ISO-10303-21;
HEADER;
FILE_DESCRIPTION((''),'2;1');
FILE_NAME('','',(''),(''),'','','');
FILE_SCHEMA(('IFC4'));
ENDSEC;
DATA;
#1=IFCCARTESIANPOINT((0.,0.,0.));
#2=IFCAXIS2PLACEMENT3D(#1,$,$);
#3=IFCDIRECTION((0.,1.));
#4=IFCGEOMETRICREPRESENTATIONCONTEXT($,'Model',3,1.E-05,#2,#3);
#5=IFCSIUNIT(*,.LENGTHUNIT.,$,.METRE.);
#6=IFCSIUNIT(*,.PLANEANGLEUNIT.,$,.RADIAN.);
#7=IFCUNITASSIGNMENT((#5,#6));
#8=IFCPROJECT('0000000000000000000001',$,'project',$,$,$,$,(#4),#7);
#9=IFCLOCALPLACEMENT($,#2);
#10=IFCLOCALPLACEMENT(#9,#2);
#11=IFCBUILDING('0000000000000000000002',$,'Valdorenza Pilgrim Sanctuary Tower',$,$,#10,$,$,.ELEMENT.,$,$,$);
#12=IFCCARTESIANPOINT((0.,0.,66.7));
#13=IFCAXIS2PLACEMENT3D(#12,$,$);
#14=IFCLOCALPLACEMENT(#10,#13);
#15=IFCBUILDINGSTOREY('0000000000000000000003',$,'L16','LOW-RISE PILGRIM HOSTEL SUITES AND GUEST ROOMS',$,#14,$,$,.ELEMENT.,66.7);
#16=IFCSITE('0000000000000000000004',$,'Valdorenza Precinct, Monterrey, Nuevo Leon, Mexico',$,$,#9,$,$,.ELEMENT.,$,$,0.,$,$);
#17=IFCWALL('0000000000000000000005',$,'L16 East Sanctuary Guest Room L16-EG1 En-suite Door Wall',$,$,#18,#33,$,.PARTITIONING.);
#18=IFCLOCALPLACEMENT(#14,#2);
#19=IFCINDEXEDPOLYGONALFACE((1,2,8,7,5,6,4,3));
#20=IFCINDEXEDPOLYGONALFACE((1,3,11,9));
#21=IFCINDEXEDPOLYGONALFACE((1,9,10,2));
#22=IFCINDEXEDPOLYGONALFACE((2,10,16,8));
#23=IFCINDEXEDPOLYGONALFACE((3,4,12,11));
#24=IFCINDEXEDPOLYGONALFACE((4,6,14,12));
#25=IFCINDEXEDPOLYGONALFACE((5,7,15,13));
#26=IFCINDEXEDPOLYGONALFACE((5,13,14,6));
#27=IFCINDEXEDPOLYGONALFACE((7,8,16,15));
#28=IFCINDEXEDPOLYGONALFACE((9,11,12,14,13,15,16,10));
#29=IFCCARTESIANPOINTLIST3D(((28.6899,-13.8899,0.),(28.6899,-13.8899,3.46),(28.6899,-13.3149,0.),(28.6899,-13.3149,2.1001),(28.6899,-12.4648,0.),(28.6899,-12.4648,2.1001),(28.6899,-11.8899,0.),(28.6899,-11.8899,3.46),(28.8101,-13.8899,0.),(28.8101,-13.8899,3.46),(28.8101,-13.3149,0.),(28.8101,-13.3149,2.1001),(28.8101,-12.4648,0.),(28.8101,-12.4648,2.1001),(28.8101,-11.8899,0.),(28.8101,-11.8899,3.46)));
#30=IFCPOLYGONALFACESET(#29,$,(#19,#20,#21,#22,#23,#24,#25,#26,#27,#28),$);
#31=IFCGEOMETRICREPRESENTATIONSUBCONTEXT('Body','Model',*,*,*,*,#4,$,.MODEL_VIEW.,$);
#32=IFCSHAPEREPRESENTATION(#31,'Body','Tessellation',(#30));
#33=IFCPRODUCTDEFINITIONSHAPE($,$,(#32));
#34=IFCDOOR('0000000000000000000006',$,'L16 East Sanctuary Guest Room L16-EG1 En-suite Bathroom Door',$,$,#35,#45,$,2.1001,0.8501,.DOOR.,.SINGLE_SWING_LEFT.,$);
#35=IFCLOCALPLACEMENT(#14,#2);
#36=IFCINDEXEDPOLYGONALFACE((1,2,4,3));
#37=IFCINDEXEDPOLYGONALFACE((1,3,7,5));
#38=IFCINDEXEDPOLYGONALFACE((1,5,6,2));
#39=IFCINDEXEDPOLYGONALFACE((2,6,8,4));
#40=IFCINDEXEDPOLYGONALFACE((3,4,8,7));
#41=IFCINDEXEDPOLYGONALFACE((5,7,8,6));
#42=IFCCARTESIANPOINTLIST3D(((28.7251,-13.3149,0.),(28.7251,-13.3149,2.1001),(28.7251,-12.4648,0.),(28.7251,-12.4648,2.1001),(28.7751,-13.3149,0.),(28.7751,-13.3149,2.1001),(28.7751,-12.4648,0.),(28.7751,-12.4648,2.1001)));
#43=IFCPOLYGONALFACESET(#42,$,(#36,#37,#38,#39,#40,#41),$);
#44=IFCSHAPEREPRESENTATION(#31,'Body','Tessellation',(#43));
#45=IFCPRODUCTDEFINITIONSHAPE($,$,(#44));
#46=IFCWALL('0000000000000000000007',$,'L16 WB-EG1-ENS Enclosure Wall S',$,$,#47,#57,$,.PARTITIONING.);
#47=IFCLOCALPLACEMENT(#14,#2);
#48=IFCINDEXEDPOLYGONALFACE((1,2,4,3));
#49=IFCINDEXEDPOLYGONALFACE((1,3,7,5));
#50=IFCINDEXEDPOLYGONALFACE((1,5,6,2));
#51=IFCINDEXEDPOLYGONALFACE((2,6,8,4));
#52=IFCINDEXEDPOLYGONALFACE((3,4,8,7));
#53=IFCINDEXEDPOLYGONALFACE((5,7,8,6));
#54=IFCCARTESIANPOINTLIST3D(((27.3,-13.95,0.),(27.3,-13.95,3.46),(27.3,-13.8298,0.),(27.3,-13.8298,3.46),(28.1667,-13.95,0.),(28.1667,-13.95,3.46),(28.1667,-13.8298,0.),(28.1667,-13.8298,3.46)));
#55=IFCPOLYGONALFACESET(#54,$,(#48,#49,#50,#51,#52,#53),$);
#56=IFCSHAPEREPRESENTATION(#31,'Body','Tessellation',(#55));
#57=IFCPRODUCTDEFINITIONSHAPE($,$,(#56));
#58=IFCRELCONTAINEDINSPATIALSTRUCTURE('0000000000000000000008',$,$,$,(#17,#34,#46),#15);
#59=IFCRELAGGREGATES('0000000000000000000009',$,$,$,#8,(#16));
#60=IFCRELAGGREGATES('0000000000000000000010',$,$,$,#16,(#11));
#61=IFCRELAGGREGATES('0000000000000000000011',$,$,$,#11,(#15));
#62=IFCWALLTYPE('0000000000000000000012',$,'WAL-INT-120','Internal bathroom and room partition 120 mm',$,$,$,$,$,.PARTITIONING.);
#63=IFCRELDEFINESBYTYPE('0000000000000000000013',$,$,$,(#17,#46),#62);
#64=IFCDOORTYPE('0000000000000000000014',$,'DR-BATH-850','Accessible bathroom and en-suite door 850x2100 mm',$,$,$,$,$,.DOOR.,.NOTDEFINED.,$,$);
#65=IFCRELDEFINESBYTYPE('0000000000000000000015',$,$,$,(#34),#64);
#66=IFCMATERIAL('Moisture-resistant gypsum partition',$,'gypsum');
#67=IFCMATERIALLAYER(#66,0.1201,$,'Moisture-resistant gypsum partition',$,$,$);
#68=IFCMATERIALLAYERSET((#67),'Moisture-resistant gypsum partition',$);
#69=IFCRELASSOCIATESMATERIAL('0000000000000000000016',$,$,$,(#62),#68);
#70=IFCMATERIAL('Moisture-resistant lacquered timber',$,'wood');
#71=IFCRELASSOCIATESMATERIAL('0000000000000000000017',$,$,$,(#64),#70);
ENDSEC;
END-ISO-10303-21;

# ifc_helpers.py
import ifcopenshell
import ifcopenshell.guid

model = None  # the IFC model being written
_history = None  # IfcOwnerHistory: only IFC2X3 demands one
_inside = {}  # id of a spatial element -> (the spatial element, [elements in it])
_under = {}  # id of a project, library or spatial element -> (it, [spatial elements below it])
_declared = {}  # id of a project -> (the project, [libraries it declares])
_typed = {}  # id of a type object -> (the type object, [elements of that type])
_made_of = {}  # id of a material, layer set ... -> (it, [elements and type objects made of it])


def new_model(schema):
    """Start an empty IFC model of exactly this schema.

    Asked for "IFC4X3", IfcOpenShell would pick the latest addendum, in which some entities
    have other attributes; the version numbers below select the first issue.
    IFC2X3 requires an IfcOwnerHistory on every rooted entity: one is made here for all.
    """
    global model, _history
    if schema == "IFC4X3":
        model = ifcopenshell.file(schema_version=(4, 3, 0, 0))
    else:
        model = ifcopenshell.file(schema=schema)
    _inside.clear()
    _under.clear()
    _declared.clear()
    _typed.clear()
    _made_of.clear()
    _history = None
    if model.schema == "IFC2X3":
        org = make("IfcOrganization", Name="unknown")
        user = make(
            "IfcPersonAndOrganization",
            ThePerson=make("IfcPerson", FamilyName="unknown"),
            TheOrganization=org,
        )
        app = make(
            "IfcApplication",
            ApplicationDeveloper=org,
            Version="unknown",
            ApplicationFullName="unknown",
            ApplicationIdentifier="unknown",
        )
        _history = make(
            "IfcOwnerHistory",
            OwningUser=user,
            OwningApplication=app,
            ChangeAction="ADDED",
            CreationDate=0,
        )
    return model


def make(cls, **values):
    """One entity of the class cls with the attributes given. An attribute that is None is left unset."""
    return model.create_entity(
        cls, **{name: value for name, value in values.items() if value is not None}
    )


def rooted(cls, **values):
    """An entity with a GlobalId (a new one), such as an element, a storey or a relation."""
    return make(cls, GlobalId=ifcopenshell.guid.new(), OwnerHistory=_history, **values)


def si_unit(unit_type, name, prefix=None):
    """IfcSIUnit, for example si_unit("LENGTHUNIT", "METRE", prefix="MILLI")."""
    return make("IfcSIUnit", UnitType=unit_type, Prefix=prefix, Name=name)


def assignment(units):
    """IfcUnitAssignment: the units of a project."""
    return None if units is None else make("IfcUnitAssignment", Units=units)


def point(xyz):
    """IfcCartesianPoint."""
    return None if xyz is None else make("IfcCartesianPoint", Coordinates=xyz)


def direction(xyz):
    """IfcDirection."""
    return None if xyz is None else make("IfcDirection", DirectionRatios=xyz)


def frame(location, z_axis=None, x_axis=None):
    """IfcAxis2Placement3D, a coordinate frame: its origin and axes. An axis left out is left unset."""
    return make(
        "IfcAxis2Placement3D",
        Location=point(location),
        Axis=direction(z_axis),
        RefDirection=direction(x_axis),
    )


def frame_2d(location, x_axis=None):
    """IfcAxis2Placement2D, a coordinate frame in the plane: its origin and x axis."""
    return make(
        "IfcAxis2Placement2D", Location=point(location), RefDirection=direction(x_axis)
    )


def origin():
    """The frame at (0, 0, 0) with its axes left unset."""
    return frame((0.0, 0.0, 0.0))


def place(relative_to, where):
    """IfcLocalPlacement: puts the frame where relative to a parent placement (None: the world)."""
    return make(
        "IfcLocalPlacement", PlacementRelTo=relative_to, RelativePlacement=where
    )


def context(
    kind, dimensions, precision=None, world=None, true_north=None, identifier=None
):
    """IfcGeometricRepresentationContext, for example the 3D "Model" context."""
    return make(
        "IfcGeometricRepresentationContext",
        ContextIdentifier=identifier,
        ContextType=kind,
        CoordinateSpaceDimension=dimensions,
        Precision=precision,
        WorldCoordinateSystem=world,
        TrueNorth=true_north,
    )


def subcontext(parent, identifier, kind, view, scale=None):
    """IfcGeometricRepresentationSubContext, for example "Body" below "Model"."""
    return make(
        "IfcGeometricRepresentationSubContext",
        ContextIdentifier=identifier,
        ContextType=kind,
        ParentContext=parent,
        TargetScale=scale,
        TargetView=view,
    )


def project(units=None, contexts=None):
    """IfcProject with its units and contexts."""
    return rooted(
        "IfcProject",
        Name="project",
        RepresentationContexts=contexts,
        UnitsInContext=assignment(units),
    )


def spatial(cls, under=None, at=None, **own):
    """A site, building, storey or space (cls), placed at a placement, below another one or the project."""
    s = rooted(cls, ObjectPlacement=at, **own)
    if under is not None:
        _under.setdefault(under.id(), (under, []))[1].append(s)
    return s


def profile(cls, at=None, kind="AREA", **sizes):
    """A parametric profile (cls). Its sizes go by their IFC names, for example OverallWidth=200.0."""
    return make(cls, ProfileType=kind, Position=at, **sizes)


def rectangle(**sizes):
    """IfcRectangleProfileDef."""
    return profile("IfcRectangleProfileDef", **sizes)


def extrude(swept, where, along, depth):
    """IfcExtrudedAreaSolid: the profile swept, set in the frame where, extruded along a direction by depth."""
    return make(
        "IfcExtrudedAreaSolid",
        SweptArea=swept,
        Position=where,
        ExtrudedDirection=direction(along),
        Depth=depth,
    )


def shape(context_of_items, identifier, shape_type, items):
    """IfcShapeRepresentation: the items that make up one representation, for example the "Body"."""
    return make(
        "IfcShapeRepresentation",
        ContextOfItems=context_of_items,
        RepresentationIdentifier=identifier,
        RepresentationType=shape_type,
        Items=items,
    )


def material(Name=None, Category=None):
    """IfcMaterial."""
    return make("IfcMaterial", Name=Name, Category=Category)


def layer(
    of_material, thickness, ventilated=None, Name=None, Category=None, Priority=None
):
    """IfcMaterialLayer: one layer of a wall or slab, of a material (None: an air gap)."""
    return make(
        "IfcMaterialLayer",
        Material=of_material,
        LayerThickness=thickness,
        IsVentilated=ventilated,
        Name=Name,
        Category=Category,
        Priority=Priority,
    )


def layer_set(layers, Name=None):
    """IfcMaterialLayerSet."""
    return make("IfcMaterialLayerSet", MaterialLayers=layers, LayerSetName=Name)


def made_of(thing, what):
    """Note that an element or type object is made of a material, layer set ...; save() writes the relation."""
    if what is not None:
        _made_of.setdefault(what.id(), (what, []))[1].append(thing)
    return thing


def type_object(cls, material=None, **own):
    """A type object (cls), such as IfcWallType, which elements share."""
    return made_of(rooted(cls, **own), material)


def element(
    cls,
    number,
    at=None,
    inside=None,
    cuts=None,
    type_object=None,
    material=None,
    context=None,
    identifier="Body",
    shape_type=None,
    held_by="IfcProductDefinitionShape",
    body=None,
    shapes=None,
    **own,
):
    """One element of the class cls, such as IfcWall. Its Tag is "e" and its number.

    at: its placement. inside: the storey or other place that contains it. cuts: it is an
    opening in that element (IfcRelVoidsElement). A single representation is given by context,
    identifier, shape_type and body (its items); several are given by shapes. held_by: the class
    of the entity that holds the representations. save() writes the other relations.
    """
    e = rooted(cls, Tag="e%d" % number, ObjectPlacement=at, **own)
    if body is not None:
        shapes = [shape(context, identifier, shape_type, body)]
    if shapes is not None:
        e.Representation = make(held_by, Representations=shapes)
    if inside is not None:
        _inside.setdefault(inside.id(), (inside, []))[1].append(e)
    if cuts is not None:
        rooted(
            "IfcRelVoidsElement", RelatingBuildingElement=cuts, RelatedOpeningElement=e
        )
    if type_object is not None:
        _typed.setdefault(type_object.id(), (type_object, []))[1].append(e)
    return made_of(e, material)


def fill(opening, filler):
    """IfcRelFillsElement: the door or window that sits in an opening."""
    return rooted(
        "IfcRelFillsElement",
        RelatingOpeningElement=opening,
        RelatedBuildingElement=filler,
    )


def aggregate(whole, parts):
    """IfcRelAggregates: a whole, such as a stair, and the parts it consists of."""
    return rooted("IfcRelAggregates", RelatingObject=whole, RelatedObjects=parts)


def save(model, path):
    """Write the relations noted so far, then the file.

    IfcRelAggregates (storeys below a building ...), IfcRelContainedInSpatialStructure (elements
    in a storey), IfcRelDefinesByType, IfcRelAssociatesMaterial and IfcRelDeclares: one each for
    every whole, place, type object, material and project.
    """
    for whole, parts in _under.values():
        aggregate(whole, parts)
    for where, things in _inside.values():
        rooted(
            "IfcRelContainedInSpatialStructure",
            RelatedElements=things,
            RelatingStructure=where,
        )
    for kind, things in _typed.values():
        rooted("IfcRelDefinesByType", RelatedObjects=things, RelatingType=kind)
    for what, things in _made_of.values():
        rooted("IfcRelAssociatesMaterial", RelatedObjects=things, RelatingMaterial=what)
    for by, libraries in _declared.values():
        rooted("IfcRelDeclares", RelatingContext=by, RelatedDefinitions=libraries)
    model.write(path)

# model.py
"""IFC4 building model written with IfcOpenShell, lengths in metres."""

from ifc_helpers import new_model, si_unit, direction, frame, frame_2d, origin, place, context, subcontext, project, spatial, rectangle, extrude, material, layer, layer_set, type_object, element, fill, save


model = new_model("IFC4")

# Units and contexts
model_context = context("Model", 3, precision=1e-05, world=origin(), true_north=direction((0.0, 1.0)))
body_context = subcontext(model_context, "Body", "Model", "MODEL_VIEW")
ifc_project = project(units=[si_unit("LENGTHUNIT", "METRE"), si_unit("PLANEANGLEUNIT", "RADIAN")], contexts=[model_context])

# Site, building, storey
site_placement = place(None, origin())
site = spatial("IfcSite", under=ifc_project, at=site_placement, Name="Valdorenza Precinct, Monterrey, Nuevo Leon, Mexico", CompositionType="ELEMENT", RefElevation=0.0)
building_placement = place(site_placement, origin())
building = spatial("IfcBuilding", under=site, at=building_placement, Name="Valdorenza Pilgrim Sanctuary Tower", CompositionType="ELEMENT")
storey_placement = place(building_placement, frame((0.0, 0.0, 66.7)))
storey = spatial("IfcBuildingStorey", under=building, at=storey_placement, Name="L16", Description="LOW-RISE PILGRIM HOSTEL SUITES AND GUEST ROOMS", CompositionType="ELEMENT", Elevation=66.7)

# Shared definitions
ifc_material_1 = material(Name="Moisture-resistant gypsum partition", Category="gypsum")
ifc_layer_1 = layer(ifc_material_1, 0.1201, Name="Moisture-resistant gypsum partition")
ifc_layer_set_1 = layer_set([ifc_layer_1], Name="Moisture-resistant gypsum partition")
wall_type_1 = type_object("IfcWallType", Name="WAL-INT-120", Description="Internal bathroom and room partition 120 mm", PredefinedType="PARTITIONING", material=ifc_layer_set_1)

# Wall, opening, door
wall_1_placement = place(storey_placement, frame((28.75, -13.8899, 0.0), z_axis=(0.0, 0.0, 1.0), x_axis=(0.0, 1.0, 0.0)))
wall_1 = element("IfcWall", 1, at=wall_1_placement, inside=storey, type_object=wall_type_1, Name="L16 East Sanctuary Guest Room L16-EG1 En-suite Door Wall", PredefinedType="PARTITIONING", context=body_context, shape_type="SweptSolid", body=[
    extrude(rectangle(XDim=2.0, YDim=0.1201, at=frame_2d((1.0, 0.0))), origin(), (0.0, 0.0, 1.0), 3.46),
])
opening_1_placement = place(wall_1_placement, frame((0.575, 0.0, 0.0)))
opening_1 = element("IfcOpeningElement", 2, at=opening_1_placement, cuts=wall_1, PredefinedType="OPENING", context=body_context, shape_type="SweptSolid", body=[
    extrude(rectangle(XDim=0.8501, YDim=2.1001, at=frame_2d((0.425, 1.05))), frame((0.0, 0.075, 0.0), z_axis=(0.0, -1.0, 0.0), x_axis=(1.0, 0.0, 0.0)), (0.0, 0.0, 1.0), 0.1499),
])
ifc_material_2 = material(Name="Moisture-resistant lacquered timber", Category="wood")
door_type_1 = type_object("IfcDoorType", Name="DR-BATH-850", Description="Accessible bathroom and en-suite door 850x2100 mm", OperationType="NOTDEFINED", PredefinedType="DOOR", material=ifc_material_2)
door_1_placement = place(opening_1_placement, origin())
door_1 = element("IfcDoor", 3, at=door_1_placement, inside=storey, type_object=door_type_1, Name="L16 East Sanctuary Guest Room L16-EG1 En-suite Bathroom Door", OperationType="SINGLE_SWING_LEFT", OverallHeight=2.1001, OverallWidth=0.8501, PredefinedType="DOOR", context=body_context, shape_type="SweptSolid", body=[
    extrude(rectangle(XDim=0.8501, YDim=2.1001, at=frame_2d((0.425, 1.05))), frame((0.0, 0.0249, 0.0), z_axis=(0.0, -1.0, 0.0), x_axis=(1.0, 0.0, 0.0)), (0.0, 0.0, 1.0), 0.05),
])
fill(opening_1, door_1)

# Wall
wall_2_placement = place(storey_placement, frame((27.3, -13.8899, 0.0), z_axis=(0.0, 0.0, 1.0), x_axis=(1.0, 0.0, 0.0)))
element("IfcWall", 4, at=wall_2_placement, inside=storey, type_object=wall_type_1, Name="L16 WB-EG1-ENS Enclosure Wall S", PredefinedType="PARTITIONING", context=body_context, shape_type="SweptSolid", body=[
    extrude(rectangle(XDim=0.8667, YDim=0.1201, at=frame_2d((0.4333, 0.0))), origin(), (0.0, 0.0, 1.0), 3.46),
])

save(model, "model.ifc")
